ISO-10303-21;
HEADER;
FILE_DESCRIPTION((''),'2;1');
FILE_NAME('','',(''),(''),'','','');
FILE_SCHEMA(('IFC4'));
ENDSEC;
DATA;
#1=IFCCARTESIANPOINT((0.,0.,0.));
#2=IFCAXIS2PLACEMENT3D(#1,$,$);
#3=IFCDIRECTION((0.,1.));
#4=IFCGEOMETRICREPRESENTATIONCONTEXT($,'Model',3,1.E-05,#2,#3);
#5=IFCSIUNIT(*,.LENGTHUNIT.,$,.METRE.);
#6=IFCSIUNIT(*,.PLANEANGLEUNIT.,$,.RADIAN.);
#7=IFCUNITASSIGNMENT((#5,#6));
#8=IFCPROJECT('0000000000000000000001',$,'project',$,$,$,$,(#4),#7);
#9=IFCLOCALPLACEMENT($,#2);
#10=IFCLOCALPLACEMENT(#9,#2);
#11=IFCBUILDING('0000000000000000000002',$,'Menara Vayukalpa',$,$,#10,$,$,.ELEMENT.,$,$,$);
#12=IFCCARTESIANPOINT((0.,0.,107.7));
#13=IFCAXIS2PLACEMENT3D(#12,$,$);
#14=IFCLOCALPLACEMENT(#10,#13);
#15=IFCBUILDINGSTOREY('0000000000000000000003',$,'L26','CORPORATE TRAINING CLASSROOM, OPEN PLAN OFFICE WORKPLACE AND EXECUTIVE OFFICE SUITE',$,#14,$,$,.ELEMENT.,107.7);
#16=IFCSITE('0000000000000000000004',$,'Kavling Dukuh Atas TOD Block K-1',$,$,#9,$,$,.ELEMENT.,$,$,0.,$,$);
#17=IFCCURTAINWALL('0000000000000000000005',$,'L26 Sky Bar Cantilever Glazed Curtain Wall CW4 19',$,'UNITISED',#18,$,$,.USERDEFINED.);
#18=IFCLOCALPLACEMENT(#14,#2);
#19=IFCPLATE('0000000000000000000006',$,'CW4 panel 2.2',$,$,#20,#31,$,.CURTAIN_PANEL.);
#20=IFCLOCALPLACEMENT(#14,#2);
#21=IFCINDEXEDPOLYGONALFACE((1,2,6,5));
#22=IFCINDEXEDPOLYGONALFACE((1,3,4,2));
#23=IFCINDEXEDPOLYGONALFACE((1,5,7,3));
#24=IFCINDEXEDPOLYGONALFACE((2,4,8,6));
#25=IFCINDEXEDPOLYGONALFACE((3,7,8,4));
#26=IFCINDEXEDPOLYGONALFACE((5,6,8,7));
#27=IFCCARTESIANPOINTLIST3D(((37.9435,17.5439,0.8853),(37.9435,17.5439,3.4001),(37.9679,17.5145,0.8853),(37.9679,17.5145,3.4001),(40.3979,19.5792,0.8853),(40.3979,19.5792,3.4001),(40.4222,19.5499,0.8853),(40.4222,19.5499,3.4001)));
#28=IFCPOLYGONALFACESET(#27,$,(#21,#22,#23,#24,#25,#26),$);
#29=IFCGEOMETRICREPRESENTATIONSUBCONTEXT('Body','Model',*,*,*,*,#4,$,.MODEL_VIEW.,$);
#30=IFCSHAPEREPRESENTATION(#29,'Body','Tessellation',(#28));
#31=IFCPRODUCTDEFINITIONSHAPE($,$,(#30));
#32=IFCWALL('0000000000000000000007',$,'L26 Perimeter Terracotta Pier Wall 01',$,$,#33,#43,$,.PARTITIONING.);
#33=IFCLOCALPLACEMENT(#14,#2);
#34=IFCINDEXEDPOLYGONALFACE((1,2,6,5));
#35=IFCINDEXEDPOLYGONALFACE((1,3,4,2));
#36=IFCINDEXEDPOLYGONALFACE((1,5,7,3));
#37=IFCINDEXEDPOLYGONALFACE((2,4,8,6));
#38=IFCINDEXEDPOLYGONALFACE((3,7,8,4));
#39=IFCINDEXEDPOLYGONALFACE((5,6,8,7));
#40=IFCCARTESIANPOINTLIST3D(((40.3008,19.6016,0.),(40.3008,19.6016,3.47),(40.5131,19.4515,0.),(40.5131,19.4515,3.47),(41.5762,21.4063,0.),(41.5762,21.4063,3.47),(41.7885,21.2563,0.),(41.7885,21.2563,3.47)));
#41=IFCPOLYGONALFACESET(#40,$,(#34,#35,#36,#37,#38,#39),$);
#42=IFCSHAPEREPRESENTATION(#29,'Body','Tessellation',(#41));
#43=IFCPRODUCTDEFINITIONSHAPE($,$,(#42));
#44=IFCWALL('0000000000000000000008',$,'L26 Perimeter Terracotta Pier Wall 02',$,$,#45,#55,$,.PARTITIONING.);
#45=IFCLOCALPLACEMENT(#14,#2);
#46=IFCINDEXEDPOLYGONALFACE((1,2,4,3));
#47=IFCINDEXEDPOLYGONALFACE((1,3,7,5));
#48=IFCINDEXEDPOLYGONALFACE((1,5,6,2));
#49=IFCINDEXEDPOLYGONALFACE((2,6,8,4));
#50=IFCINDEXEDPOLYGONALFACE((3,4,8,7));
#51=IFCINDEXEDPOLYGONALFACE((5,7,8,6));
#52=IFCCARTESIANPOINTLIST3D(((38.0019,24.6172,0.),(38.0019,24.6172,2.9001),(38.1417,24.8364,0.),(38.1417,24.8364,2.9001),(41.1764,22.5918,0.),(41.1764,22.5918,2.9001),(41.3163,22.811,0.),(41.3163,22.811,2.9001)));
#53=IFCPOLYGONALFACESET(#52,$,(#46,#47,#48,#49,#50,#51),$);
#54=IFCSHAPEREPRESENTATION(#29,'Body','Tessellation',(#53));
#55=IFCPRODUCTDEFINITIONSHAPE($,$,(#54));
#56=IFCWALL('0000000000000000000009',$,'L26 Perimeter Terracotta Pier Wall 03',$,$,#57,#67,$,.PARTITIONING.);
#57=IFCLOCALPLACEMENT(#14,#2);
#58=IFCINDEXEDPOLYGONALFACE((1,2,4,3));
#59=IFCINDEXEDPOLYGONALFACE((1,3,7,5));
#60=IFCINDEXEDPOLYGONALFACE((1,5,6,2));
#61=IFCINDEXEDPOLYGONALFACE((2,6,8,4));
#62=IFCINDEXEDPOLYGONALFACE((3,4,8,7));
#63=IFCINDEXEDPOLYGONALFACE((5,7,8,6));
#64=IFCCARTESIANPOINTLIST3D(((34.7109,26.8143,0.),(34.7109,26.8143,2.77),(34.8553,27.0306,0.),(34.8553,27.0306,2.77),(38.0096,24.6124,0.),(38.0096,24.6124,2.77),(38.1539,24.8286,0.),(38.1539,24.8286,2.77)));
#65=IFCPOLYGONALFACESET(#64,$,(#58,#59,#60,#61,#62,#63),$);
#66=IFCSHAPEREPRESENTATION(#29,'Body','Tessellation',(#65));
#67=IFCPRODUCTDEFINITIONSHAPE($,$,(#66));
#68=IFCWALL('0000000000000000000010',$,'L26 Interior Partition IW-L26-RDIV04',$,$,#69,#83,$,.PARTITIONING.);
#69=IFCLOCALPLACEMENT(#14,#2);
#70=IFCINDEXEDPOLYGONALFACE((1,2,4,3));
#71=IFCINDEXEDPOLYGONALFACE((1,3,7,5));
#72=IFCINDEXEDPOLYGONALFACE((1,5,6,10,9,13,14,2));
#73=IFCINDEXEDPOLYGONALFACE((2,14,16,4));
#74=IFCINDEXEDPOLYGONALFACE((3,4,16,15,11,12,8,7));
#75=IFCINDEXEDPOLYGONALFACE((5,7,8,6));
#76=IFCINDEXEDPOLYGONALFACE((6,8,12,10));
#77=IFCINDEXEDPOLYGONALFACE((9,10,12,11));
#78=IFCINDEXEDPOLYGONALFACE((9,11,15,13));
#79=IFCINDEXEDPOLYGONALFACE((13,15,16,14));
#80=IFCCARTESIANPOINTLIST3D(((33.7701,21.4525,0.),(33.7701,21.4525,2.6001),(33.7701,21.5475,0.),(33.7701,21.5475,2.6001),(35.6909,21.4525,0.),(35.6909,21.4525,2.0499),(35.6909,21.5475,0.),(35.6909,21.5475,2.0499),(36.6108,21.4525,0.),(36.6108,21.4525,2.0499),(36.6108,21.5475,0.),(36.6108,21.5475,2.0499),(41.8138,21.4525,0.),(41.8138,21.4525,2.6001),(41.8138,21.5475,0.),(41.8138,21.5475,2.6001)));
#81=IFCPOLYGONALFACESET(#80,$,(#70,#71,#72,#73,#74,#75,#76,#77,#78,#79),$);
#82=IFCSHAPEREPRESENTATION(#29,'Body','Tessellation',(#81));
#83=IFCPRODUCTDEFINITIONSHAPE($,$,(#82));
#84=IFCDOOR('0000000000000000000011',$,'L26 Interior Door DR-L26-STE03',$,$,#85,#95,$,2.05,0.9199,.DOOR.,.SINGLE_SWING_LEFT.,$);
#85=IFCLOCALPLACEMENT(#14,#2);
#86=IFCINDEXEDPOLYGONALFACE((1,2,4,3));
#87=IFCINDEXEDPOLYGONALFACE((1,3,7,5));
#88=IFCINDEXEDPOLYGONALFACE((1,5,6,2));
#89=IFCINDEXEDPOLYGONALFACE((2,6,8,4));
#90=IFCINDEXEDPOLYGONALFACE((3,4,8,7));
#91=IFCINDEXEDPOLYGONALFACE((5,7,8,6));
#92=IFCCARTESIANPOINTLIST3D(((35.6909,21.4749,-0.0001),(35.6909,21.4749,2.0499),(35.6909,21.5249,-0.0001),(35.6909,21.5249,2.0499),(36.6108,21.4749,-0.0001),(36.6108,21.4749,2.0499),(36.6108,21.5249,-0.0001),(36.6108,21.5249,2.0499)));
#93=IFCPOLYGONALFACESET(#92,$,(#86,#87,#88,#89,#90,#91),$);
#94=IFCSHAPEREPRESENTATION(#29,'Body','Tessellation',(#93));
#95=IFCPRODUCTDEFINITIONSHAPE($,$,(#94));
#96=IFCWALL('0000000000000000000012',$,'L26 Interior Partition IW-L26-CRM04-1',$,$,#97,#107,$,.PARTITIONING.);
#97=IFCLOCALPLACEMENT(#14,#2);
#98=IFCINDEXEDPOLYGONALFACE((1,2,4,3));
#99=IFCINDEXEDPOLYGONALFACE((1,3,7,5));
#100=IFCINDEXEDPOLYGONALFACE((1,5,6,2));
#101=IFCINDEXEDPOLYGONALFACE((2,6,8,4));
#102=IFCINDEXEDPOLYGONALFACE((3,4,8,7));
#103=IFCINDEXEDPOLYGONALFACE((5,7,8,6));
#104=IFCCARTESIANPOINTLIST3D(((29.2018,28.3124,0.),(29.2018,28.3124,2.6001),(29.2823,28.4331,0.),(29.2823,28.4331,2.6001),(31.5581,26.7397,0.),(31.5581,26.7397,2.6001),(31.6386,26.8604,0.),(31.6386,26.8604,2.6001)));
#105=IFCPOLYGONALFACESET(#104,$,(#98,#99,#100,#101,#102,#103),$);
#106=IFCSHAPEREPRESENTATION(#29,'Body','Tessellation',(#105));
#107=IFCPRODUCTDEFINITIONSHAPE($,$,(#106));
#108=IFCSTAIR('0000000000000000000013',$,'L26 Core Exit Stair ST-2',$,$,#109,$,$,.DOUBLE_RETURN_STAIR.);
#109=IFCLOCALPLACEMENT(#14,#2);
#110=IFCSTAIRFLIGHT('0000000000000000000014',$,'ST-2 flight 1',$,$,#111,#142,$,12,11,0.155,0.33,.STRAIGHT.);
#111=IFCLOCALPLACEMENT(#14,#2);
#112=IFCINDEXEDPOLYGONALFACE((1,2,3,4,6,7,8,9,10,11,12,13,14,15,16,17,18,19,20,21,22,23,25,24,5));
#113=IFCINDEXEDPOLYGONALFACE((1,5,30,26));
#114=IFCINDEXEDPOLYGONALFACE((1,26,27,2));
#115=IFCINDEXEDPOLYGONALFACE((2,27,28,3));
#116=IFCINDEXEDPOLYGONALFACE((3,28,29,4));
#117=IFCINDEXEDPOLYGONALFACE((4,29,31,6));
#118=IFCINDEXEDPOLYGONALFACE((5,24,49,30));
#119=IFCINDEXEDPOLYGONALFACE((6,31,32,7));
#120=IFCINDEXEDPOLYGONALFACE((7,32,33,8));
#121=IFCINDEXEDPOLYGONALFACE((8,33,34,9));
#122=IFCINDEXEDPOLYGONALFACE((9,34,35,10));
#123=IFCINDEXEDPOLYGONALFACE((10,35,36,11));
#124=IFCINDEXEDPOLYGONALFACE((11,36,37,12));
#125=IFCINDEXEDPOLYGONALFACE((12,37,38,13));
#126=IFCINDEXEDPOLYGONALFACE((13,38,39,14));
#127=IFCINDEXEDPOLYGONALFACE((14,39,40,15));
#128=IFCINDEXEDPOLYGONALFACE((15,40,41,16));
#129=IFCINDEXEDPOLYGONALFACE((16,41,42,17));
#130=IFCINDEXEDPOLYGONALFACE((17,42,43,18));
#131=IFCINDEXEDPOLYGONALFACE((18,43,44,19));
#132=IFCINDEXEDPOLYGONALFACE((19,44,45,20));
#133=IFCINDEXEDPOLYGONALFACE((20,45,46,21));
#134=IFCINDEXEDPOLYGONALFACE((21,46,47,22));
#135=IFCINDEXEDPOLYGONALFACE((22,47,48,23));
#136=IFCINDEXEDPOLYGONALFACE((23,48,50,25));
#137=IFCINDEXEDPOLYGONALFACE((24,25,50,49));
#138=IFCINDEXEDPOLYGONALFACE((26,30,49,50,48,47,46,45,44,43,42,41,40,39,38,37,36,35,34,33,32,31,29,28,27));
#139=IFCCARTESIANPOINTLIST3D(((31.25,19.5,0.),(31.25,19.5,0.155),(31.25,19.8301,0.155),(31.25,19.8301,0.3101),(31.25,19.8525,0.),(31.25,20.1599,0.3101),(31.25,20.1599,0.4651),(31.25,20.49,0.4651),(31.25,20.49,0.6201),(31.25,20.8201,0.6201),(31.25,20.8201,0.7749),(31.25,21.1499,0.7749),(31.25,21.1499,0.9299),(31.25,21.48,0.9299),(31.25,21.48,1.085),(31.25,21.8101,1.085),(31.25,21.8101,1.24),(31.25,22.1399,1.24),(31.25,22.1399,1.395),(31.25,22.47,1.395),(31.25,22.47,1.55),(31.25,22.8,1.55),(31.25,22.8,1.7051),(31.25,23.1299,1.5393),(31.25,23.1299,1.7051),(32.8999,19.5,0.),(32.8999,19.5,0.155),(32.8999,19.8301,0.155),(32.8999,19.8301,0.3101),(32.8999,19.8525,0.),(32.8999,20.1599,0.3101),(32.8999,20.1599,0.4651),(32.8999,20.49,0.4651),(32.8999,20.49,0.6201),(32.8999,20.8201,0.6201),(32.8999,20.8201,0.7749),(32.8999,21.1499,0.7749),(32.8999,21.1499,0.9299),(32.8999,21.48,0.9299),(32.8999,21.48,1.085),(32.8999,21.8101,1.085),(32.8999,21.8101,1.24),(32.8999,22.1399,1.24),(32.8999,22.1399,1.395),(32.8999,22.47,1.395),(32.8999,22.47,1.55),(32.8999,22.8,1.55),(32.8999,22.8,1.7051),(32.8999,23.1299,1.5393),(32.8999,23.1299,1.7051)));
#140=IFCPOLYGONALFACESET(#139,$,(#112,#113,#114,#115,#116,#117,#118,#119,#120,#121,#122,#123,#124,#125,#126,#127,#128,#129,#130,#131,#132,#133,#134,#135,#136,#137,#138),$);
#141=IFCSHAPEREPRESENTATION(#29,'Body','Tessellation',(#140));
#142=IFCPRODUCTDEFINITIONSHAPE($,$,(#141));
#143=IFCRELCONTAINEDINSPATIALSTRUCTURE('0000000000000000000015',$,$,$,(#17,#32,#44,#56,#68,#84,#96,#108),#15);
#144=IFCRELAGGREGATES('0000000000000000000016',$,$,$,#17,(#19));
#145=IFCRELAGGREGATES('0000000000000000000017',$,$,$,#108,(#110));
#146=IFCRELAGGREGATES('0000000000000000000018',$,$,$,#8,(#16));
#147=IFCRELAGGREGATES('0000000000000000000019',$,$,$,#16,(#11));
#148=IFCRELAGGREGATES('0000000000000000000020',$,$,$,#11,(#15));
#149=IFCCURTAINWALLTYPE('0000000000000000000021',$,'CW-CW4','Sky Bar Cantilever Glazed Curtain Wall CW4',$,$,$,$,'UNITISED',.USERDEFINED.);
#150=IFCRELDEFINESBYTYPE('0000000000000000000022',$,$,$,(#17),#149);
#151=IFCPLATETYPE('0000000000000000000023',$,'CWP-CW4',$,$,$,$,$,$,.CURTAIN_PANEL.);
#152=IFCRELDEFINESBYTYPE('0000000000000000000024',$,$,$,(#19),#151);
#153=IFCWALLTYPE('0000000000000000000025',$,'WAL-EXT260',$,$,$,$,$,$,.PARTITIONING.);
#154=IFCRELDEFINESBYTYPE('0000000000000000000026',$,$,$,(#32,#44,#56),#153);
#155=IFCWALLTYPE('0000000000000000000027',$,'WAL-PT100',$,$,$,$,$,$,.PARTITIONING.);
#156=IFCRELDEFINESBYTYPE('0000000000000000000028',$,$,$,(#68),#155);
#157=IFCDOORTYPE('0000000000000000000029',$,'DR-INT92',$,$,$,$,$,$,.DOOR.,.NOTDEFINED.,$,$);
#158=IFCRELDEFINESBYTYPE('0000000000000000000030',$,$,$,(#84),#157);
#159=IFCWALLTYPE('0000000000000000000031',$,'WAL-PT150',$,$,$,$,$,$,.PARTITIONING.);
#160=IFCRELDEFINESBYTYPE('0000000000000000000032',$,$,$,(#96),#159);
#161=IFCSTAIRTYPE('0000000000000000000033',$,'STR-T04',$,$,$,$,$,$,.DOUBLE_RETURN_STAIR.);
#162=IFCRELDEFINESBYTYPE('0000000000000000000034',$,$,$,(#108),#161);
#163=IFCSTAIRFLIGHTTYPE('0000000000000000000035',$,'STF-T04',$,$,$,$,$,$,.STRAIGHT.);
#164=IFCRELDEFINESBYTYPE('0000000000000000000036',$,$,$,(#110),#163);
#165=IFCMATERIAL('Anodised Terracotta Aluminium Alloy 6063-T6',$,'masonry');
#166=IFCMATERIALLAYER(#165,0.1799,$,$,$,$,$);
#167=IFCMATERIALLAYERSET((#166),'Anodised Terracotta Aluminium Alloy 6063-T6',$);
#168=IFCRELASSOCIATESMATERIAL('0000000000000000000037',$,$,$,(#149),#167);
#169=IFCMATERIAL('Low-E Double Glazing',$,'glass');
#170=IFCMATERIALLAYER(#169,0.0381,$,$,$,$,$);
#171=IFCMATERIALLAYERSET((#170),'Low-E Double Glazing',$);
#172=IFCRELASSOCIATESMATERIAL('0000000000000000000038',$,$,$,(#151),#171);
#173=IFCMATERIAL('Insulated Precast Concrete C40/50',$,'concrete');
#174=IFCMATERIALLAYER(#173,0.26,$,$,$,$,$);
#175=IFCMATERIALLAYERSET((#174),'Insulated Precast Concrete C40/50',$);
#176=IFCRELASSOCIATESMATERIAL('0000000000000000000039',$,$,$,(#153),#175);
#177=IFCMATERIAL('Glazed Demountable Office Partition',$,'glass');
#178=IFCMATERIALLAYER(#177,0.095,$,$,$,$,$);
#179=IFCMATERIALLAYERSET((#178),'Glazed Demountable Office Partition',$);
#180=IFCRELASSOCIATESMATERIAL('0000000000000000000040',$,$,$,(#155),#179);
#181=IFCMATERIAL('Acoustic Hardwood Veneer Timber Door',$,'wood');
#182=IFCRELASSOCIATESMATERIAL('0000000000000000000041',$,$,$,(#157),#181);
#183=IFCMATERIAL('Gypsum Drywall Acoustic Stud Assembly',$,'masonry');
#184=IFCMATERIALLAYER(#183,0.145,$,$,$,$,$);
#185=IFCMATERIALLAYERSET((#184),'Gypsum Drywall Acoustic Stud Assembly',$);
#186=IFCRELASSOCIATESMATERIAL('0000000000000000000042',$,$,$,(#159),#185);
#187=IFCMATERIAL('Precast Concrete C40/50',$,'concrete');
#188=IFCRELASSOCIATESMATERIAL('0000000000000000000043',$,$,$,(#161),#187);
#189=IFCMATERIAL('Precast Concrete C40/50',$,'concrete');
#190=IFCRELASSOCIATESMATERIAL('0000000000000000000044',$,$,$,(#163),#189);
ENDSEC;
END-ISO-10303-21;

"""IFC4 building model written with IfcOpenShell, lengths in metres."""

from ifc_helpers import new_model, si_unit, direction, frame, frame_2d, origin, origin_2d, place, context, subcontext, project, spatial, polyline, rectangle, outline, extrude, material, layer, layer_set, type_object, element, fill, aggregate, save


model = new_model("IFC4")

# Units and contexts
model_context = context("Model", 3, precision=1e-05, world=origin(), true_north=direction((0.0, 1.0)))
body_context = subcontext(model_context, "Body", "Model", "MODEL_VIEW")
ifc_project = project(units=[si_unit("LENGTHUNIT", "METRE"), si_unit("PLANEANGLEUNIT", "RADIAN")], contexts=[model_context])

# Site, building, storey
site_placement = place(None, origin())
site = spatial("IfcSite", under=ifc_project, at=site_placement, Name="Kavling Dukuh Atas TOD Block K-1", CompositionType="ELEMENT", RefElevation=0.0)
building_placement = place(site_placement, origin())
building = spatial("IfcBuilding", under=site, at=building_placement, Name="Menara Vayukalpa", CompositionType="ELEMENT")
storey_placement = place(building_placement, frame((0.0, 0.0, 107.7)))
storey = spatial("IfcBuildingStorey", under=building, at=storey_placement, Name="L26", Description="CORPORATE TRAINING CLASSROOM, OPEN PLAN OFFICE WORKPLACE AND EXECUTIVE OFFICE SUITE", CompositionType="ELEMENT", Elevation=107.7)

# Curtain wall, plate
ifc_material_1 = material(Name="Anodised Terracotta Aluminium Alloy 6063-T6", Category="masonry")
ifc_layer_1 = layer(ifc_material_1, 0.1799)
ifc_layer_set_1 = layer_set([ifc_layer_1], Name="Anodised Terracotta Aluminium Alloy 6063-T6")
curtain_wall_type = type_object("IfcCurtainWallType", Name="CW-CW4", Description="Sky Bar Cantilever Glazed Curtain Wall CW4", ElementType="UNITISED", PredefinedType="USERDEFINED", material=ifc_layer_set_1)
curtain_wall_placement = place(storey_placement, origin())
curtain_wall = element("IfcCurtainWall", 1, at=curtain_wall_placement, inside=storey, type_object=curtain_wall_type, Name="L26 Sky Bar Cantilever Glazed Curtain Wall CW4 19", ObjectType="UNITISED", PredefinedType="USERDEFINED")
ifc_material_2 = material(Name="Low-E Double Glazing", Category="glass")
ifc_layer_2 = layer(ifc_material_2, 0.0381)
ifc_layer_set_2 = layer_set([ifc_layer_2], Name="Low-E Double Glazing")
plate_type = type_object("IfcPlateType", Name="CWP-CW4", PredefinedType="CURTAIN_PANEL", material=ifc_layer_set_2)
plate_placement = place(storey_placement, frame((39.1829, 18.5469, 0.8853), z_axis=(0.0, 0.0, 1.0), x_axis=(0.76975, 0.638346, 0.0)))
plate = element("IfcPlate", 2, at=plate_placement, type_object=plate_type, Name="CW4 panel 2.2", PredefinedType="CURTAIN_PANEL", context=body_context, shape_type="SweptSolid", body=[
    extrude(rectangle(XDim=3.1885, YDim=0.0381, at=origin_2d()), origin(), (0.0, 0.0, 1.0), 2.5149),
])
aggregate(curtain_wall, [plate])

# Walls
ifc_material_3 = material(Name="Insulated Precast Concrete C40/50", Category="concrete")
ifc_layer_3 = layer(ifc_material_3, 0.26)
ifc_layer_set_3 = layer_set([ifc_layer_3], Name="Insulated Precast Concrete C40/50")
wall_type_1 = type_object("IfcWallType", Name="WAL-EXT260", PredefinedType="PARTITIONING", material=ifc_layer_set_3)
wall_1_placement = place(storey_placement, frame((41.6824, 21.3313, 0.0), z_axis=(0.0, 0.0, 1.0), x_axis=(-0.577134, -0.816649, 0.0)))
element("IfcWall", 3, at=wall_1_placement, inside=storey, type_object=wall_type_1, Name="L26 Perimeter Terracotta Pier Wall 01", PredefinedType="PARTITIONING", context=body_context, shape_type="SweptSolid", body=[
    extrude(rectangle(XDim=2.21, YDim=0.26, at=frame_2d((1.105, 0.0))), origin(), (0.0, 0.0, 1.0), 3.47),
])
wall_2_placement = place(storey_placement, frame((38.0718, 24.7268, 0.0), z_axis=(0.0, 0.0, 1.0), x_axis=(0.843034, -0.537861, 0.0)))
element("IfcWall", 4, at=wall_2_placement, inside=storey, type_object=wall_type_1, Name="L26 Perimeter Terracotta Pier Wall 02", PredefinedType="PARTITIONING", context=body_context, shape_type="SweptSolid", body=[
    extrude(rectangle(XDim=3.7656, YDim=0.26, at=frame_2d((1.8828, 0.0))), origin(), (0.0, 0.0, 1.0), 2.9001),
])
wall_3_placement = place(storey_placement, frame((34.7832, 26.9224, 0.0), z_axis=(0.0, 0.0, 1.0), x_axis=(0.831719, -0.555197, 0.0)))
element("IfcWall", 5, at=wall_3_placement, inside=storey, type_object=wall_type_1, Name="L26 Perimeter Terracotta Pier Wall 03", PredefinedType="PARTITIONING", context=body_context, shape_type="SweptSolid", body=[
    extrude(rectangle(XDim=3.9661, YDim=0.26, at=frame_2d((1.9829, 0.0))), origin(), (0.0, 0.0, 1.0), 2.77),
])

# Wall, opening, door
ifc_material_4 = material(Name="Glazed Demountable Office Partition", Category="glass")
ifc_layer_4 = layer(ifc_material_4, 0.095)
ifc_layer_set_4 = layer_set([ifc_layer_4], Name="Glazed Demountable Office Partition")
wall_type_2 = type_object("IfcWallType", Name="WAL-PT100", PredefinedType="PARTITIONING", material=ifc_layer_set_4)
wall_4_placement = place(storey_placement, frame((33.77, 21.5, 0.0), z_axis=(0.0, 0.0, 1.0), x_axis=(1.0, 0.0, 0.0)))
wall_4 = element("IfcWall", 6, at=wall_4_placement, inside=storey, type_object=wall_type_2, Name="L26 Interior Partition IW-L26-RDIV04", PredefinedType="PARTITIONING", context=body_context, shape_type="SweptSolid", body=[
    extrude(rectangle(XDim=8.0437, YDim=0.095, at=frame_2d((4.022, 0.0))), origin(), (0.0, 0.0, 1.0), 2.6001),
])
opening_placement = place(wall_4_placement, frame((1.9209, 0.0, 0.0)))
opening = element("IfcOpeningElement", 7, at=opening_placement, cuts=wall_4, PredefinedType="OPENING", context=body_context, shape_type="SweptSolid", body=[
    extrude(rectangle(XDim=0.9199, YDim=2.05, at=frame_2d((0.46, 1.0249))), frame((0.0, 0.0574, 0.0), z_axis=(0.0, -1.0, 0.0), x_axis=(1.0, 0.0, 0.0)), (0.0, 0.0, 1.0), 0.115),
])
ifc_material_5 = material(Name="Acoustic Hardwood Veneer Timber Door", Category="wood")
door_type = type_object("IfcDoorType", Name="DR-INT92", OperationType="NOTDEFINED", PredefinedType="DOOR", material=ifc_material_5)
door_placement = place(opening_placement, origin())
door = element("IfcDoor", 8, at=door_placement, inside=storey, type_object=door_type, Name="L26 Interior Door DR-L26-STE03", OperationType="SINGLE_SWING_LEFT", OverallHeight=2.05, OverallWidth=0.9199, PredefinedType="DOOR", context=body_context, shape_type="SweptSolid", body=[
    extrude(rectangle(XDim=0.9199, YDim=2.05, at=frame_2d((0.46, 1.0249))), frame((0.0, 0.0249, 0.0), z_axis=(0.0, -1.0, 0.0), x_axis=(1.0, 0.0, 0.0)), (0.0, 0.0, 1.0), 0.05),
])
fill(opening, door)

# Wall
ifc_material_6 = material(Name="Gypsum Drywall Acoustic Stud Assembly", Category="masonry")
ifc_layer_5 = layer(ifc_material_6, 0.145)
ifc_layer_set_5 = layer_set([ifc_layer_5], Name="Gypsum Drywall Acoustic Stud Assembly")
wall_type_3 = type_object("IfcWallType", Name="WAL-PT150", PredefinedType="PARTITIONING", material=ifc_layer_set_5)
wall_5_placement = place(storey_placement, frame((31.5984, 26.8, 0.0), z_axis=(0.0, 0.0, 1.0), x_axis=(-0.831759, 0.555138, 0.0)))
element("IfcWall", 9, at=wall_5_placement, inside=storey, type_object=wall_type_3, Name="L26 Interior Partition IW-L26-CRM04-1", PredefinedType="PARTITIONING", context=body_context, shape_type="SweptSolid", body=[
    extrude(rectangle(XDim=2.833, YDim=0.145, at=frame_2d((1.4165, 0.0))), origin(), (0.0, 0.0, 1.0), 2.6001),
])

# Stair, stair flight
ifc_material_7 = material(Name="Precast Concrete C40/50", Category="concrete")
stair_type = type_object("IfcStairType", Name="STR-T04", PredefinedType="DOUBLE_RETURN_STAIR", material=ifc_material_7)
stair_placement = place(storey_placement, origin())
stair = element("IfcStair", 10, at=stair_placement, inside=storey, type_object=stair_type, Name="L26 Core Exit Stair ST-2", PredefinedType="DOUBLE_RETURN_STAIR")
ifc_material_8 = material(Name="Precast Concrete C40/50", Category="concrete")
stair_flight_type = type_object("IfcStairFlightType", Name="STF-T04", PredefinedType="STRAIGHT", material=ifc_material_8)
stair_flight_placement = place(storey_placement, frame((32.075, 19.5, 0.0), z_axis=(0.0, 0.0, 1.0), x_axis=(0.0, 1.0, 0.0)))
stair_flight = element("IfcStairFlight", 11, at=stair_flight_placement, type_object=stair_flight_type, Name="ST-2 flight 1", NumberOfRisers=12, NumberOfTreads=11, PredefinedType="STRAIGHT", RiserHeight=0.155, TreadLength=0.33, context=body_context, shape_type="SweptSolid", body=[
    extrude(outline(polyline([(0.0, 0.0), (0.0, 0.155), (0.3301, 0.155), (0.3301, 0.3101), (0.6599, 0.3101), (0.6599, 0.4651), (0.99, 0.4651), (0.99, 0.6201), (1.3201, 0.6201), (1.3201, 0.7749), (1.6499, 0.7749), (1.6499, 0.9299), (1.98, 0.9299), (1.98, 1.085), (2.3101, 1.085), (2.3101, 1.24), (2.6399, 1.24), (2.6399, 1.395), (2.97, 1.395), (2.97, 1.55), (3.3, 1.55), (3.3, 1.7051), (3.6299, 1.7051), (3.6299, 1.8601), (3.6299, 1.5393), (0.3525, 0.0), (0.0, 0.0)])), frame((0.0, 0.825, 0.0), z_axis=(0.0, -1.0, 0.0), x_axis=(1.0, 0.0, 0.0)), (0.0, 0.0, 1.0), 1.6499),
])
aggregate(stair, [stair_flight])

save(model, "model.ifc")
